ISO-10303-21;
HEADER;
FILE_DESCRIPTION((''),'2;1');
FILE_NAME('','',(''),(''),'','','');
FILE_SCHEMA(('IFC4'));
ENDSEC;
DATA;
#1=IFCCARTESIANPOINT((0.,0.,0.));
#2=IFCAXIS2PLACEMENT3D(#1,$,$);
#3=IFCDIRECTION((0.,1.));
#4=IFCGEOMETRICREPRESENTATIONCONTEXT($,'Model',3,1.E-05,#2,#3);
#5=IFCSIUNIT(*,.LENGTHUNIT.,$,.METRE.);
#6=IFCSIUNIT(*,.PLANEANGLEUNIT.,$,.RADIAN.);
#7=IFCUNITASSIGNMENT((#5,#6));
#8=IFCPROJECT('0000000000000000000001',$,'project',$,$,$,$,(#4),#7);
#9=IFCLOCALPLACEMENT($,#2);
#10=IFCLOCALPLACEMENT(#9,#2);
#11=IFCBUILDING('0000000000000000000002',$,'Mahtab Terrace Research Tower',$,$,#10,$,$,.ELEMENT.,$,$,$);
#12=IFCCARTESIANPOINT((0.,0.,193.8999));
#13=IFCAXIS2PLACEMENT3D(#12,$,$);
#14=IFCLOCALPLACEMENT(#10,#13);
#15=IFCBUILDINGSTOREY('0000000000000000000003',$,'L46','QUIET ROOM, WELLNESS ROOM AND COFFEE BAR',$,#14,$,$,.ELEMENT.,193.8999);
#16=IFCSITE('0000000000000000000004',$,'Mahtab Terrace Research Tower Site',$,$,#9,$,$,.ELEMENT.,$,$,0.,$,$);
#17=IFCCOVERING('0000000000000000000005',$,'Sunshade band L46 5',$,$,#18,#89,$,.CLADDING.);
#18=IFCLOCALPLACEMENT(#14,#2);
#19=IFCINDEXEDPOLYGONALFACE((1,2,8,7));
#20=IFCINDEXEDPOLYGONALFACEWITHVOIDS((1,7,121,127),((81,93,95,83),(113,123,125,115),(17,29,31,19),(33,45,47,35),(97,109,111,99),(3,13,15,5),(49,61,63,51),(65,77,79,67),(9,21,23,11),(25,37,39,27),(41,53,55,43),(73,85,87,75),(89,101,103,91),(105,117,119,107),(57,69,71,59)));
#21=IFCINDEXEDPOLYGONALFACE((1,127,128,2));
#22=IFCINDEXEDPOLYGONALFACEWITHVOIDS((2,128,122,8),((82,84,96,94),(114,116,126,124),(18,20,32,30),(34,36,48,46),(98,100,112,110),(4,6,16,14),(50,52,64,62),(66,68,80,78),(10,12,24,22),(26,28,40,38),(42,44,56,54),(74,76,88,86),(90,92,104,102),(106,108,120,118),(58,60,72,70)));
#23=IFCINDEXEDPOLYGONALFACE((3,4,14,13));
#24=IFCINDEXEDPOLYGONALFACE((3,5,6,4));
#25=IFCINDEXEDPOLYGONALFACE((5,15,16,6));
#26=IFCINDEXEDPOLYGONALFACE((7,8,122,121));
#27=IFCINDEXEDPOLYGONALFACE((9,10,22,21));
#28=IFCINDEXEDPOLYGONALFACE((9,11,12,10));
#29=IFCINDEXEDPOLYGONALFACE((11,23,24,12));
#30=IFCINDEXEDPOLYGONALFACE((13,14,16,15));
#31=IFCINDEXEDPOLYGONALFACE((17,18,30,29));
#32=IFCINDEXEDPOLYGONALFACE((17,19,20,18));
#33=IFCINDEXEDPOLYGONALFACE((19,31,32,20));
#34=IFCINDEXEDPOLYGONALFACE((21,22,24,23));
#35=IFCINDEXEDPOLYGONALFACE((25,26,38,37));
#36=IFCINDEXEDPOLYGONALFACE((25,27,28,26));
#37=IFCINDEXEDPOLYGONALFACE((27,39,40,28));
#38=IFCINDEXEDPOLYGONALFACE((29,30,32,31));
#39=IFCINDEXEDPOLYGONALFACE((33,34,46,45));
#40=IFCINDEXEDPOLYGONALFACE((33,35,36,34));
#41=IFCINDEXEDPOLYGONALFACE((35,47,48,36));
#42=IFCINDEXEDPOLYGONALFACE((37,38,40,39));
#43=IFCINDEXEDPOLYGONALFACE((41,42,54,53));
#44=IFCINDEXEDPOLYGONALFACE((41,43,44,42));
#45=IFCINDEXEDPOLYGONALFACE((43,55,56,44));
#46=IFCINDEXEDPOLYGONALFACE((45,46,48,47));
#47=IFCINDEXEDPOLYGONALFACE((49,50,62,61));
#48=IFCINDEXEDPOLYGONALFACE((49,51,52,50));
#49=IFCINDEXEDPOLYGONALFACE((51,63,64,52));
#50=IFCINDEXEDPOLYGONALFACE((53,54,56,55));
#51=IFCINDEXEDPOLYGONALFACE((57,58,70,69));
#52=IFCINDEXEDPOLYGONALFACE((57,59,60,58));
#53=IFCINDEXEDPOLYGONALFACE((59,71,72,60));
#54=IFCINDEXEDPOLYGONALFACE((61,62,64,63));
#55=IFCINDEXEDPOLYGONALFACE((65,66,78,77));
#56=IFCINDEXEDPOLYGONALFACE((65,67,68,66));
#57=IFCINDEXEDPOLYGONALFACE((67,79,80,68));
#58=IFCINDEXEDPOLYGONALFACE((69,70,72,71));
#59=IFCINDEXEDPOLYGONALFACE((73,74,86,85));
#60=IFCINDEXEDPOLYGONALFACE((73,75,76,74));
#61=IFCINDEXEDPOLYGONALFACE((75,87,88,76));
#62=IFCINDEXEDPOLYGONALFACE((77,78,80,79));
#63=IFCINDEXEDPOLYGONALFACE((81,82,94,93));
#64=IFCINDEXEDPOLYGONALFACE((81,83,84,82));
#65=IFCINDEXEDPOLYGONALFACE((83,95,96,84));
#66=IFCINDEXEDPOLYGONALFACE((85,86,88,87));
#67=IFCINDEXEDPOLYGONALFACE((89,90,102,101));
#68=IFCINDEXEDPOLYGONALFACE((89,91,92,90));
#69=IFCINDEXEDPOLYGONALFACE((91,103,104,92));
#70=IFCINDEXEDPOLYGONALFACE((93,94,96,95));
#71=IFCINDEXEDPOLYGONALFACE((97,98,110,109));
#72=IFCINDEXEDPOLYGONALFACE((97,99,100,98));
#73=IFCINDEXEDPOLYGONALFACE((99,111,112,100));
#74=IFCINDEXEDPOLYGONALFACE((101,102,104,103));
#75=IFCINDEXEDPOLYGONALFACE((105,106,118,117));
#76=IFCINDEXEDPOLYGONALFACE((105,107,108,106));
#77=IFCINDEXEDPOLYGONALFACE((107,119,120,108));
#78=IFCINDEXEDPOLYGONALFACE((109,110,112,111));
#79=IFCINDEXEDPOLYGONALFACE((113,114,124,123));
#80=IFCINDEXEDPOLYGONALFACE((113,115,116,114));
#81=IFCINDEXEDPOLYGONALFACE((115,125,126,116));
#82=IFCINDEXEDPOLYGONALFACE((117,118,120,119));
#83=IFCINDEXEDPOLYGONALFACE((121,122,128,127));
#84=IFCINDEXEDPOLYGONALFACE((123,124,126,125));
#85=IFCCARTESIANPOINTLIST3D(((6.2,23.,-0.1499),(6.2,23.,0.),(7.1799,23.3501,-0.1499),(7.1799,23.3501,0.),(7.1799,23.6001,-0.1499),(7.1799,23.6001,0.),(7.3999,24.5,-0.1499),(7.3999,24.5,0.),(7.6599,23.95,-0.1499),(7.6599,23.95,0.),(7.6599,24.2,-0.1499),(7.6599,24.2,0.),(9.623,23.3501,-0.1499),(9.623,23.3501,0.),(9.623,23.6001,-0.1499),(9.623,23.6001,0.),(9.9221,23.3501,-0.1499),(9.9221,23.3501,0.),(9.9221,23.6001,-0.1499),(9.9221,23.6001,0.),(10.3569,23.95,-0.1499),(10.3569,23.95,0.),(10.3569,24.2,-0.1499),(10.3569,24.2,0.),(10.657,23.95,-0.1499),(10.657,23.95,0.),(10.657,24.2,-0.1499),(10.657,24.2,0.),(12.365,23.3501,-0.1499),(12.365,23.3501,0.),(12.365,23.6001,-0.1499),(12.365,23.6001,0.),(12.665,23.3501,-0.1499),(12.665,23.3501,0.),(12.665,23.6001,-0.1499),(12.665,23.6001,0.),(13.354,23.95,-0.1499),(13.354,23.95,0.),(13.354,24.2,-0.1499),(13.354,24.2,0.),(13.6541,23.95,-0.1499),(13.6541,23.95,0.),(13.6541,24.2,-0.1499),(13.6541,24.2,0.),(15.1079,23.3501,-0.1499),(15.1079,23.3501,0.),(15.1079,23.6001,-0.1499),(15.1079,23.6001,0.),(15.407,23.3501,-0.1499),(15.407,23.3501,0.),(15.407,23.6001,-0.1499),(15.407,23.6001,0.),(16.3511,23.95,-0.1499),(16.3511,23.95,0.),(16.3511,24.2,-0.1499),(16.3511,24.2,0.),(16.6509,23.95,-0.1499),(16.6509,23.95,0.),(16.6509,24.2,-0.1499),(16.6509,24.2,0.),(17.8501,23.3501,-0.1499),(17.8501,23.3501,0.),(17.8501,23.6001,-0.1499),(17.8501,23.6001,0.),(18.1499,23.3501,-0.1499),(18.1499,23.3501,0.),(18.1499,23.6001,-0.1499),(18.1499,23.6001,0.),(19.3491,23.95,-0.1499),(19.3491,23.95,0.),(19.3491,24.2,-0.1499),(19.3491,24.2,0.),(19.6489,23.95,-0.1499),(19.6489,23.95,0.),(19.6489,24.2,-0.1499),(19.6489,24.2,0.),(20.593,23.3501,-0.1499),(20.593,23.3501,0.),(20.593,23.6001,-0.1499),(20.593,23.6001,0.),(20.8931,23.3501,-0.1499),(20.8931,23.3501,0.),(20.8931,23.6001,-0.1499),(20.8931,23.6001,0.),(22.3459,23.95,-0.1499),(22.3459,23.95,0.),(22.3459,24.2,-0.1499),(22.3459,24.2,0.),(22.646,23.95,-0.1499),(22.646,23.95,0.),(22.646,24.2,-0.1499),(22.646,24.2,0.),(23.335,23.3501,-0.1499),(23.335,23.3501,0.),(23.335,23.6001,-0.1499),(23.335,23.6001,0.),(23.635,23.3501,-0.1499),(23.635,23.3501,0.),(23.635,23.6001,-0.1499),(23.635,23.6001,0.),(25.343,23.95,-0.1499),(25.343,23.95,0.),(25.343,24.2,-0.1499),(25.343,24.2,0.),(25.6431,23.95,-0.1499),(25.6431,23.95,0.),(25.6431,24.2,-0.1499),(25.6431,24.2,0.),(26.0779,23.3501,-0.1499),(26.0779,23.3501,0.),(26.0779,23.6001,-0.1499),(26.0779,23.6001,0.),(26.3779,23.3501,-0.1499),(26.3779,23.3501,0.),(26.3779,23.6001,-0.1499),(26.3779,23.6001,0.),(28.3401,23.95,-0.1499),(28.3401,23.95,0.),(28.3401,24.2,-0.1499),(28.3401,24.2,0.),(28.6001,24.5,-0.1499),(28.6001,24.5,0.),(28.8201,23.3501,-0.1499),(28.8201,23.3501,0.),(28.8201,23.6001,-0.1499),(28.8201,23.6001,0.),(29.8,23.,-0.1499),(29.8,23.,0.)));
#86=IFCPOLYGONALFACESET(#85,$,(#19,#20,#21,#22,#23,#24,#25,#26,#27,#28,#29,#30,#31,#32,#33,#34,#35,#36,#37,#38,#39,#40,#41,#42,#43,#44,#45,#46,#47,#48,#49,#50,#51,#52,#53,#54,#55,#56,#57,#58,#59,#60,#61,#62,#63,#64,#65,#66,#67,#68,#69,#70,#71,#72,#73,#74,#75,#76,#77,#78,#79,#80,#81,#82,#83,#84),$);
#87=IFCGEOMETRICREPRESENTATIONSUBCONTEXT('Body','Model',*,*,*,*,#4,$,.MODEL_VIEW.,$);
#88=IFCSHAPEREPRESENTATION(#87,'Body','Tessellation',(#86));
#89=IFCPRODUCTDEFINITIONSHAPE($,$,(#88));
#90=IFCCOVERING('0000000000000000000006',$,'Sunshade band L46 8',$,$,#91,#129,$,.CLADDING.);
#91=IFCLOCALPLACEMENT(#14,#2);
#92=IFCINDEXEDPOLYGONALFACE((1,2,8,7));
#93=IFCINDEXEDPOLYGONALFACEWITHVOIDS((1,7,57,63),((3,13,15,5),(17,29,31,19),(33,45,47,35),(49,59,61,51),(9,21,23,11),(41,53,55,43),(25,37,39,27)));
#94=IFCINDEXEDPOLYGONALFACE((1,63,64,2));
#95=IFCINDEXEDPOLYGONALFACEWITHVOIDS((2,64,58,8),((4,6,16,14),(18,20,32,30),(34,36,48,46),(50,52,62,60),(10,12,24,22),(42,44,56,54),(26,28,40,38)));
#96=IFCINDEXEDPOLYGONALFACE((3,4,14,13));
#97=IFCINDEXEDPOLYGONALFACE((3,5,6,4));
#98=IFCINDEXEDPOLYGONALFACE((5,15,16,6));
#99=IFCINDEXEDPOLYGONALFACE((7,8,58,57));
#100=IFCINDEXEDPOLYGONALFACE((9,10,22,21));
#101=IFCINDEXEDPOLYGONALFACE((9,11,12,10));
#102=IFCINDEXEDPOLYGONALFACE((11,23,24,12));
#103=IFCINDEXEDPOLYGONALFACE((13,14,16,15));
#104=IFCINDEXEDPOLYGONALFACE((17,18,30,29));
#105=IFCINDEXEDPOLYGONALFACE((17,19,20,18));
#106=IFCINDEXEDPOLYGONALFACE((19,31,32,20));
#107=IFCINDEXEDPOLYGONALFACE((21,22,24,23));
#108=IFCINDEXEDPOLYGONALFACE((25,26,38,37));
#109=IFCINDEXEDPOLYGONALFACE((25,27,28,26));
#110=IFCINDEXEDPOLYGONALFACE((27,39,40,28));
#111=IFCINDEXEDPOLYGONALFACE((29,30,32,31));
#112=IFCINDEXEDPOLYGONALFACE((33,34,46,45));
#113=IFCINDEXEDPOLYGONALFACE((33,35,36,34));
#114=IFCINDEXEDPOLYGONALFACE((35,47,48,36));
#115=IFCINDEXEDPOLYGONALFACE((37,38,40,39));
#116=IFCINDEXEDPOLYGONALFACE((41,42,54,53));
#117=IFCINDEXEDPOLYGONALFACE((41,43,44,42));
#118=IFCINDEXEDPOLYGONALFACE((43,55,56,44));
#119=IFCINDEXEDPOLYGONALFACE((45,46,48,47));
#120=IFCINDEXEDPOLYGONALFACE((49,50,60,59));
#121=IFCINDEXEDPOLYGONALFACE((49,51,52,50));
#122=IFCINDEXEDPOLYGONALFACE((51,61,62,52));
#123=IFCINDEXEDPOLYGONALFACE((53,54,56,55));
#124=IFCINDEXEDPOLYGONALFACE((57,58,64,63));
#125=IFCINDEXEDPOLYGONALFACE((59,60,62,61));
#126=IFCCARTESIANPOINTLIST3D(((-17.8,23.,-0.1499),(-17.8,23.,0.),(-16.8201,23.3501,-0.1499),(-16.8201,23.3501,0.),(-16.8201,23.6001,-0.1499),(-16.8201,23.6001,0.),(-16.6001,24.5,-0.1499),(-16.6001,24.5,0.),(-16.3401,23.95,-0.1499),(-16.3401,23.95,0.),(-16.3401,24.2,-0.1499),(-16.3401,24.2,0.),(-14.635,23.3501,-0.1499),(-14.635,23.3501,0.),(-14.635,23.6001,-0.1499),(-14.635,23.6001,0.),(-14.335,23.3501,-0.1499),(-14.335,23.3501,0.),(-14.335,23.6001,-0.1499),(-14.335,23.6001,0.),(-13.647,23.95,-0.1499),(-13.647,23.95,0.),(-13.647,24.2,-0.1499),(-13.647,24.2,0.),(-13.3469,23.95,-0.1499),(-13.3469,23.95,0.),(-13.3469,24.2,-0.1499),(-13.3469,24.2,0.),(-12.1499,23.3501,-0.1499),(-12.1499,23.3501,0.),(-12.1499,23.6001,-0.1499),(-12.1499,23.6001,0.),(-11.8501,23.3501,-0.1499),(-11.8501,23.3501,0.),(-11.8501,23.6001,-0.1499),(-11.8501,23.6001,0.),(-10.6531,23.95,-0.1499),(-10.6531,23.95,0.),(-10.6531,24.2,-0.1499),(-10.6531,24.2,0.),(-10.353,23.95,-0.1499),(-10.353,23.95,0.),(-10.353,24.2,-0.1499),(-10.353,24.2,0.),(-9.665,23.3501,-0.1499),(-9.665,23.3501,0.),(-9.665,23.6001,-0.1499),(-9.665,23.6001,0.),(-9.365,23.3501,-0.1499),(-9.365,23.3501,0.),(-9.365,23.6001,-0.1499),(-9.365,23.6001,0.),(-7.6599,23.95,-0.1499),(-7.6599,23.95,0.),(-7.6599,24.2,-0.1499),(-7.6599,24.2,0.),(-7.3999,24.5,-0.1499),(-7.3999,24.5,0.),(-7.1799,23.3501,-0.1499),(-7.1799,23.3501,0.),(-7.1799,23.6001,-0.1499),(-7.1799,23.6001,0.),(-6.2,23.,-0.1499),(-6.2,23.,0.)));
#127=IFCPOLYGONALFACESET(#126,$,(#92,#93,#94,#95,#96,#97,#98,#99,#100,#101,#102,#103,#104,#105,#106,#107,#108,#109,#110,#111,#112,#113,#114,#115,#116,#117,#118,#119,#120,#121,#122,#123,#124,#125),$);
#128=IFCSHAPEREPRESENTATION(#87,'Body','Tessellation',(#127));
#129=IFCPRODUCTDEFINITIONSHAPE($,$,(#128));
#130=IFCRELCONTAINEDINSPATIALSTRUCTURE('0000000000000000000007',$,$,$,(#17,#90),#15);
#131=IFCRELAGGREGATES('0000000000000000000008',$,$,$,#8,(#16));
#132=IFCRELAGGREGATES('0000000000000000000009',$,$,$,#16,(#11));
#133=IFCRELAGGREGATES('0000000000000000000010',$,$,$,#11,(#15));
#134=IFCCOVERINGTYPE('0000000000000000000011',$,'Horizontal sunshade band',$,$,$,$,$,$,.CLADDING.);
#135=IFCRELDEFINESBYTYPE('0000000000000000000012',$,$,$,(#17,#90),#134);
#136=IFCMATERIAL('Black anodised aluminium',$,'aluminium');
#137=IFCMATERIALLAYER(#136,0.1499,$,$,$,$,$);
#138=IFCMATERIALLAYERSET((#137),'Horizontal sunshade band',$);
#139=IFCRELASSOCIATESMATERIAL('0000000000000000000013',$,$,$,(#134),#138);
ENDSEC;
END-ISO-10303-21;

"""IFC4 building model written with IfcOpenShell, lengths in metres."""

from ifc_helpers import new_model, si_unit, direction, frame, origin, place, context, subcontext, project, spatial, polyline, outline, extrude, material, layer, layer_set, type_object, element, save


model = new_model("IFC4")

# Units and contexts
model_context = context("Model", 3, precision=1e-05, world=origin(), true_north=direction((0.0, 1.0)))
body_context = subcontext(model_context, "Body", "Model", "MODEL_VIEW")
ifc_project = project(units=[si_unit("LENGTHUNIT", "METRE"), si_unit("PLANEANGLEUNIT", "RADIAN")], contexts=[model_context])

# Site, building, storey
site_placement = place(None, origin())
site = spatial("IfcSite", under=ifc_project, at=site_placement, Name="Mahtab Terrace Research Tower Site", CompositionType="ELEMENT", RefElevation=0.0)
building_placement = place(site_placement, origin())
building = spatial("IfcBuilding", under=site, at=building_placement, Name="Mahtab Terrace Research Tower", CompositionType="ELEMENT")
storey_placement = place(building_placement, frame((0.0, 0.0, 193.8999)))
storey = spatial("IfcBuildingStorey", under=building, at=storey_placement, Name="L46", Description="QUIET ROOM, WELLNESS ROOM AND COFFEE BAR", CompositionType="ELEMENT", Elevation=193.8999)

# Coverings
ifc_material_1 = material(Name="Black anodised aluminium", Category="aluminium")
ifc_layer_1 = layer(ifc_material_1, 0.1499)
ifc_layer_set_1 = layer_set([ifc_layer_1], Name="Horizontal sunshade band")
covering_type_1 = type_object("IfcCoveringType", Name="Horizontal sunshade band", PredefinedType="CLADDING", material=ifc_layer_set_1)
covering_1_placement = place(storey_placement, frame((0.0, 0.0, -0.1499)))
element("IfcCovering", 1, at=covering_1_placement, inside=storey, type_object=covering_type_1, Name="Sunshade band L46 5", PredefinedType="CLADDING", context=body_context, shape_type="SweptSolid", body=[
    extrude(outline(polyline([(29.8, 23.0), (6.2, 23.0), (7.3999, 24.5), (28.6001, 24.5), (29.8, 23.0)]), holes=[polyline([(28.8201, 23.3501), (26.3779, 23.3501), (26.3779, 23.6001), (28.8201, 23.6001), (28.8201, 23.3501)]), polyline([(26.0779, 23.3501), (23.635, 23.3501), (23.635, 23.6001), (26.0779, 23.6001), (26.0779, 23.3501)]), polyline([(23.335, 23.3501), (20.8931, 23.3501), (20.8931, 23.6001), (23.335, 23.6001), (23.335, 23.3501)]), polyline([(20.593, 23.3501), (18.1499, 23.3501), (18.1499, 23.6001), (20.593, 23.6001), (20.593, 23.3501)]), polyline([(17.8501, 23.3501), (15.407, 23.3501), (15.407, 23.6001), (17.8501, 23.6001), (17.8501, 23.3501)]), polyline([(15.1079, 23.3501), (12.665, 23.3501), (12.665, 23.6001), (15.1079, 23.6001), (15.1079, 23.3501)]), polyline([(12.365, 23.3501), (9.9221, 23.3501), (9.9221, 23.6001), (12.365, 23.6001), (12.365, 23.3501)]), polyline([(9.623, 23.3501), (7.1799, 23.3501), (7.1799, 23.6001), (9.623, 23.6001), (9.623, 23.3501)]), polyline([(28.3401, 23.95), (25.6431, 23.95), (25.6431, 24.2), (28.3401, 24.2), (28.3401, 23.95)]), polyline([(25.343, 23.95), (22.646, 23.95), (22.646, 24.2), (25.343, 24.2), (25.343, 23.95)]), polyline([(22.3459, 23.95), (19.6489, 23.95), (19.6489, 24.2), (22.3459, 24.2), (22.3459, 23.95)]), polyline([(19.3491, 23.95), (16.6509, 23.95), (16.6509, 24.2), (19.3491, 24.2), (19.3491, 23.95)]), polyline([(16.3511, 23.95), (13.6541, 23.95), (13.6541, 24.2), (16.3511, 24.2), (16.3511, 23.95)]), polyline([(13.354, 23.95), (10.657, 23.95), (10.657, 24.2), (13.354, 24.2), (13.354, 23.95)]), polyline([(10.3569, 23.95), (7.6599, 23.95), (7.6599, 24.2), (10.3569, 24.2), (10.3569, 23.95)])]), origin(), (0.0, 0.0, 1.0), 0.1499),
])
covering_2_placement = place(storey_placement, frame((0.0, 0.0, -0.1499)))
element("IfcCovering", 2, at=covering_2_placement, inside=storey, type_object=covering_type_1, Name="Sunshade band L46 8", PredefinedType="CLADDING", context=body_context, shape_type="SweptSolid", body=[
    extrude(outline(polyline([(-6.2, 23.0), (-17.8, 23.0), (-16.6001, 24.5), (-7.3999, 24.5), (-6.2, 23.0)]), holes=[polyline([(-7.1799, 23.3501), (-9.365, 23.3501), (-9.365, 23.6001), (-7.1799, 23.6001), (-7.1799, 23.3501)]), polyline([(-9.665, 23.3501), (-11.8501, 23.3501), (-11.8501, 23.6001), (-9.665, 23.6001), (-9.665, 23.3501)]), polyline([(-12.1499, 23.3501), (-14.335, 23.3501), (-14.335, 23.6001), (-12.1499, 23.6001), (-12.1499, 23.3501)]), polyline([(-14.635, 23.3501), (-16.8201, 23.3501), (-16.8201, 23.6001), (-14.635, 23.6001), (-14.635, 23.3501)]), polyline([(-7.6599, 23.95), (-10.353, 23.95), (-10.353, 24.2), (-7.6599, 24.2), (-7.6599, 23.95)]), polyline([(-10.6531, 23.95), (-13.3469, 23.95), (-13.3469, 24.2), (-10.6531, 24.2), (-10.6531, 23.95)]), polyline([(-13.647, 23.95), (-16.3401, 23.95), (-16.3401, 24.2), (-13.647, 24.2), (-13.647, 23.95)])]), origin(), (0.0, 0.0, 1.0), 0.1499),
])

save(model, "model.ifc")
